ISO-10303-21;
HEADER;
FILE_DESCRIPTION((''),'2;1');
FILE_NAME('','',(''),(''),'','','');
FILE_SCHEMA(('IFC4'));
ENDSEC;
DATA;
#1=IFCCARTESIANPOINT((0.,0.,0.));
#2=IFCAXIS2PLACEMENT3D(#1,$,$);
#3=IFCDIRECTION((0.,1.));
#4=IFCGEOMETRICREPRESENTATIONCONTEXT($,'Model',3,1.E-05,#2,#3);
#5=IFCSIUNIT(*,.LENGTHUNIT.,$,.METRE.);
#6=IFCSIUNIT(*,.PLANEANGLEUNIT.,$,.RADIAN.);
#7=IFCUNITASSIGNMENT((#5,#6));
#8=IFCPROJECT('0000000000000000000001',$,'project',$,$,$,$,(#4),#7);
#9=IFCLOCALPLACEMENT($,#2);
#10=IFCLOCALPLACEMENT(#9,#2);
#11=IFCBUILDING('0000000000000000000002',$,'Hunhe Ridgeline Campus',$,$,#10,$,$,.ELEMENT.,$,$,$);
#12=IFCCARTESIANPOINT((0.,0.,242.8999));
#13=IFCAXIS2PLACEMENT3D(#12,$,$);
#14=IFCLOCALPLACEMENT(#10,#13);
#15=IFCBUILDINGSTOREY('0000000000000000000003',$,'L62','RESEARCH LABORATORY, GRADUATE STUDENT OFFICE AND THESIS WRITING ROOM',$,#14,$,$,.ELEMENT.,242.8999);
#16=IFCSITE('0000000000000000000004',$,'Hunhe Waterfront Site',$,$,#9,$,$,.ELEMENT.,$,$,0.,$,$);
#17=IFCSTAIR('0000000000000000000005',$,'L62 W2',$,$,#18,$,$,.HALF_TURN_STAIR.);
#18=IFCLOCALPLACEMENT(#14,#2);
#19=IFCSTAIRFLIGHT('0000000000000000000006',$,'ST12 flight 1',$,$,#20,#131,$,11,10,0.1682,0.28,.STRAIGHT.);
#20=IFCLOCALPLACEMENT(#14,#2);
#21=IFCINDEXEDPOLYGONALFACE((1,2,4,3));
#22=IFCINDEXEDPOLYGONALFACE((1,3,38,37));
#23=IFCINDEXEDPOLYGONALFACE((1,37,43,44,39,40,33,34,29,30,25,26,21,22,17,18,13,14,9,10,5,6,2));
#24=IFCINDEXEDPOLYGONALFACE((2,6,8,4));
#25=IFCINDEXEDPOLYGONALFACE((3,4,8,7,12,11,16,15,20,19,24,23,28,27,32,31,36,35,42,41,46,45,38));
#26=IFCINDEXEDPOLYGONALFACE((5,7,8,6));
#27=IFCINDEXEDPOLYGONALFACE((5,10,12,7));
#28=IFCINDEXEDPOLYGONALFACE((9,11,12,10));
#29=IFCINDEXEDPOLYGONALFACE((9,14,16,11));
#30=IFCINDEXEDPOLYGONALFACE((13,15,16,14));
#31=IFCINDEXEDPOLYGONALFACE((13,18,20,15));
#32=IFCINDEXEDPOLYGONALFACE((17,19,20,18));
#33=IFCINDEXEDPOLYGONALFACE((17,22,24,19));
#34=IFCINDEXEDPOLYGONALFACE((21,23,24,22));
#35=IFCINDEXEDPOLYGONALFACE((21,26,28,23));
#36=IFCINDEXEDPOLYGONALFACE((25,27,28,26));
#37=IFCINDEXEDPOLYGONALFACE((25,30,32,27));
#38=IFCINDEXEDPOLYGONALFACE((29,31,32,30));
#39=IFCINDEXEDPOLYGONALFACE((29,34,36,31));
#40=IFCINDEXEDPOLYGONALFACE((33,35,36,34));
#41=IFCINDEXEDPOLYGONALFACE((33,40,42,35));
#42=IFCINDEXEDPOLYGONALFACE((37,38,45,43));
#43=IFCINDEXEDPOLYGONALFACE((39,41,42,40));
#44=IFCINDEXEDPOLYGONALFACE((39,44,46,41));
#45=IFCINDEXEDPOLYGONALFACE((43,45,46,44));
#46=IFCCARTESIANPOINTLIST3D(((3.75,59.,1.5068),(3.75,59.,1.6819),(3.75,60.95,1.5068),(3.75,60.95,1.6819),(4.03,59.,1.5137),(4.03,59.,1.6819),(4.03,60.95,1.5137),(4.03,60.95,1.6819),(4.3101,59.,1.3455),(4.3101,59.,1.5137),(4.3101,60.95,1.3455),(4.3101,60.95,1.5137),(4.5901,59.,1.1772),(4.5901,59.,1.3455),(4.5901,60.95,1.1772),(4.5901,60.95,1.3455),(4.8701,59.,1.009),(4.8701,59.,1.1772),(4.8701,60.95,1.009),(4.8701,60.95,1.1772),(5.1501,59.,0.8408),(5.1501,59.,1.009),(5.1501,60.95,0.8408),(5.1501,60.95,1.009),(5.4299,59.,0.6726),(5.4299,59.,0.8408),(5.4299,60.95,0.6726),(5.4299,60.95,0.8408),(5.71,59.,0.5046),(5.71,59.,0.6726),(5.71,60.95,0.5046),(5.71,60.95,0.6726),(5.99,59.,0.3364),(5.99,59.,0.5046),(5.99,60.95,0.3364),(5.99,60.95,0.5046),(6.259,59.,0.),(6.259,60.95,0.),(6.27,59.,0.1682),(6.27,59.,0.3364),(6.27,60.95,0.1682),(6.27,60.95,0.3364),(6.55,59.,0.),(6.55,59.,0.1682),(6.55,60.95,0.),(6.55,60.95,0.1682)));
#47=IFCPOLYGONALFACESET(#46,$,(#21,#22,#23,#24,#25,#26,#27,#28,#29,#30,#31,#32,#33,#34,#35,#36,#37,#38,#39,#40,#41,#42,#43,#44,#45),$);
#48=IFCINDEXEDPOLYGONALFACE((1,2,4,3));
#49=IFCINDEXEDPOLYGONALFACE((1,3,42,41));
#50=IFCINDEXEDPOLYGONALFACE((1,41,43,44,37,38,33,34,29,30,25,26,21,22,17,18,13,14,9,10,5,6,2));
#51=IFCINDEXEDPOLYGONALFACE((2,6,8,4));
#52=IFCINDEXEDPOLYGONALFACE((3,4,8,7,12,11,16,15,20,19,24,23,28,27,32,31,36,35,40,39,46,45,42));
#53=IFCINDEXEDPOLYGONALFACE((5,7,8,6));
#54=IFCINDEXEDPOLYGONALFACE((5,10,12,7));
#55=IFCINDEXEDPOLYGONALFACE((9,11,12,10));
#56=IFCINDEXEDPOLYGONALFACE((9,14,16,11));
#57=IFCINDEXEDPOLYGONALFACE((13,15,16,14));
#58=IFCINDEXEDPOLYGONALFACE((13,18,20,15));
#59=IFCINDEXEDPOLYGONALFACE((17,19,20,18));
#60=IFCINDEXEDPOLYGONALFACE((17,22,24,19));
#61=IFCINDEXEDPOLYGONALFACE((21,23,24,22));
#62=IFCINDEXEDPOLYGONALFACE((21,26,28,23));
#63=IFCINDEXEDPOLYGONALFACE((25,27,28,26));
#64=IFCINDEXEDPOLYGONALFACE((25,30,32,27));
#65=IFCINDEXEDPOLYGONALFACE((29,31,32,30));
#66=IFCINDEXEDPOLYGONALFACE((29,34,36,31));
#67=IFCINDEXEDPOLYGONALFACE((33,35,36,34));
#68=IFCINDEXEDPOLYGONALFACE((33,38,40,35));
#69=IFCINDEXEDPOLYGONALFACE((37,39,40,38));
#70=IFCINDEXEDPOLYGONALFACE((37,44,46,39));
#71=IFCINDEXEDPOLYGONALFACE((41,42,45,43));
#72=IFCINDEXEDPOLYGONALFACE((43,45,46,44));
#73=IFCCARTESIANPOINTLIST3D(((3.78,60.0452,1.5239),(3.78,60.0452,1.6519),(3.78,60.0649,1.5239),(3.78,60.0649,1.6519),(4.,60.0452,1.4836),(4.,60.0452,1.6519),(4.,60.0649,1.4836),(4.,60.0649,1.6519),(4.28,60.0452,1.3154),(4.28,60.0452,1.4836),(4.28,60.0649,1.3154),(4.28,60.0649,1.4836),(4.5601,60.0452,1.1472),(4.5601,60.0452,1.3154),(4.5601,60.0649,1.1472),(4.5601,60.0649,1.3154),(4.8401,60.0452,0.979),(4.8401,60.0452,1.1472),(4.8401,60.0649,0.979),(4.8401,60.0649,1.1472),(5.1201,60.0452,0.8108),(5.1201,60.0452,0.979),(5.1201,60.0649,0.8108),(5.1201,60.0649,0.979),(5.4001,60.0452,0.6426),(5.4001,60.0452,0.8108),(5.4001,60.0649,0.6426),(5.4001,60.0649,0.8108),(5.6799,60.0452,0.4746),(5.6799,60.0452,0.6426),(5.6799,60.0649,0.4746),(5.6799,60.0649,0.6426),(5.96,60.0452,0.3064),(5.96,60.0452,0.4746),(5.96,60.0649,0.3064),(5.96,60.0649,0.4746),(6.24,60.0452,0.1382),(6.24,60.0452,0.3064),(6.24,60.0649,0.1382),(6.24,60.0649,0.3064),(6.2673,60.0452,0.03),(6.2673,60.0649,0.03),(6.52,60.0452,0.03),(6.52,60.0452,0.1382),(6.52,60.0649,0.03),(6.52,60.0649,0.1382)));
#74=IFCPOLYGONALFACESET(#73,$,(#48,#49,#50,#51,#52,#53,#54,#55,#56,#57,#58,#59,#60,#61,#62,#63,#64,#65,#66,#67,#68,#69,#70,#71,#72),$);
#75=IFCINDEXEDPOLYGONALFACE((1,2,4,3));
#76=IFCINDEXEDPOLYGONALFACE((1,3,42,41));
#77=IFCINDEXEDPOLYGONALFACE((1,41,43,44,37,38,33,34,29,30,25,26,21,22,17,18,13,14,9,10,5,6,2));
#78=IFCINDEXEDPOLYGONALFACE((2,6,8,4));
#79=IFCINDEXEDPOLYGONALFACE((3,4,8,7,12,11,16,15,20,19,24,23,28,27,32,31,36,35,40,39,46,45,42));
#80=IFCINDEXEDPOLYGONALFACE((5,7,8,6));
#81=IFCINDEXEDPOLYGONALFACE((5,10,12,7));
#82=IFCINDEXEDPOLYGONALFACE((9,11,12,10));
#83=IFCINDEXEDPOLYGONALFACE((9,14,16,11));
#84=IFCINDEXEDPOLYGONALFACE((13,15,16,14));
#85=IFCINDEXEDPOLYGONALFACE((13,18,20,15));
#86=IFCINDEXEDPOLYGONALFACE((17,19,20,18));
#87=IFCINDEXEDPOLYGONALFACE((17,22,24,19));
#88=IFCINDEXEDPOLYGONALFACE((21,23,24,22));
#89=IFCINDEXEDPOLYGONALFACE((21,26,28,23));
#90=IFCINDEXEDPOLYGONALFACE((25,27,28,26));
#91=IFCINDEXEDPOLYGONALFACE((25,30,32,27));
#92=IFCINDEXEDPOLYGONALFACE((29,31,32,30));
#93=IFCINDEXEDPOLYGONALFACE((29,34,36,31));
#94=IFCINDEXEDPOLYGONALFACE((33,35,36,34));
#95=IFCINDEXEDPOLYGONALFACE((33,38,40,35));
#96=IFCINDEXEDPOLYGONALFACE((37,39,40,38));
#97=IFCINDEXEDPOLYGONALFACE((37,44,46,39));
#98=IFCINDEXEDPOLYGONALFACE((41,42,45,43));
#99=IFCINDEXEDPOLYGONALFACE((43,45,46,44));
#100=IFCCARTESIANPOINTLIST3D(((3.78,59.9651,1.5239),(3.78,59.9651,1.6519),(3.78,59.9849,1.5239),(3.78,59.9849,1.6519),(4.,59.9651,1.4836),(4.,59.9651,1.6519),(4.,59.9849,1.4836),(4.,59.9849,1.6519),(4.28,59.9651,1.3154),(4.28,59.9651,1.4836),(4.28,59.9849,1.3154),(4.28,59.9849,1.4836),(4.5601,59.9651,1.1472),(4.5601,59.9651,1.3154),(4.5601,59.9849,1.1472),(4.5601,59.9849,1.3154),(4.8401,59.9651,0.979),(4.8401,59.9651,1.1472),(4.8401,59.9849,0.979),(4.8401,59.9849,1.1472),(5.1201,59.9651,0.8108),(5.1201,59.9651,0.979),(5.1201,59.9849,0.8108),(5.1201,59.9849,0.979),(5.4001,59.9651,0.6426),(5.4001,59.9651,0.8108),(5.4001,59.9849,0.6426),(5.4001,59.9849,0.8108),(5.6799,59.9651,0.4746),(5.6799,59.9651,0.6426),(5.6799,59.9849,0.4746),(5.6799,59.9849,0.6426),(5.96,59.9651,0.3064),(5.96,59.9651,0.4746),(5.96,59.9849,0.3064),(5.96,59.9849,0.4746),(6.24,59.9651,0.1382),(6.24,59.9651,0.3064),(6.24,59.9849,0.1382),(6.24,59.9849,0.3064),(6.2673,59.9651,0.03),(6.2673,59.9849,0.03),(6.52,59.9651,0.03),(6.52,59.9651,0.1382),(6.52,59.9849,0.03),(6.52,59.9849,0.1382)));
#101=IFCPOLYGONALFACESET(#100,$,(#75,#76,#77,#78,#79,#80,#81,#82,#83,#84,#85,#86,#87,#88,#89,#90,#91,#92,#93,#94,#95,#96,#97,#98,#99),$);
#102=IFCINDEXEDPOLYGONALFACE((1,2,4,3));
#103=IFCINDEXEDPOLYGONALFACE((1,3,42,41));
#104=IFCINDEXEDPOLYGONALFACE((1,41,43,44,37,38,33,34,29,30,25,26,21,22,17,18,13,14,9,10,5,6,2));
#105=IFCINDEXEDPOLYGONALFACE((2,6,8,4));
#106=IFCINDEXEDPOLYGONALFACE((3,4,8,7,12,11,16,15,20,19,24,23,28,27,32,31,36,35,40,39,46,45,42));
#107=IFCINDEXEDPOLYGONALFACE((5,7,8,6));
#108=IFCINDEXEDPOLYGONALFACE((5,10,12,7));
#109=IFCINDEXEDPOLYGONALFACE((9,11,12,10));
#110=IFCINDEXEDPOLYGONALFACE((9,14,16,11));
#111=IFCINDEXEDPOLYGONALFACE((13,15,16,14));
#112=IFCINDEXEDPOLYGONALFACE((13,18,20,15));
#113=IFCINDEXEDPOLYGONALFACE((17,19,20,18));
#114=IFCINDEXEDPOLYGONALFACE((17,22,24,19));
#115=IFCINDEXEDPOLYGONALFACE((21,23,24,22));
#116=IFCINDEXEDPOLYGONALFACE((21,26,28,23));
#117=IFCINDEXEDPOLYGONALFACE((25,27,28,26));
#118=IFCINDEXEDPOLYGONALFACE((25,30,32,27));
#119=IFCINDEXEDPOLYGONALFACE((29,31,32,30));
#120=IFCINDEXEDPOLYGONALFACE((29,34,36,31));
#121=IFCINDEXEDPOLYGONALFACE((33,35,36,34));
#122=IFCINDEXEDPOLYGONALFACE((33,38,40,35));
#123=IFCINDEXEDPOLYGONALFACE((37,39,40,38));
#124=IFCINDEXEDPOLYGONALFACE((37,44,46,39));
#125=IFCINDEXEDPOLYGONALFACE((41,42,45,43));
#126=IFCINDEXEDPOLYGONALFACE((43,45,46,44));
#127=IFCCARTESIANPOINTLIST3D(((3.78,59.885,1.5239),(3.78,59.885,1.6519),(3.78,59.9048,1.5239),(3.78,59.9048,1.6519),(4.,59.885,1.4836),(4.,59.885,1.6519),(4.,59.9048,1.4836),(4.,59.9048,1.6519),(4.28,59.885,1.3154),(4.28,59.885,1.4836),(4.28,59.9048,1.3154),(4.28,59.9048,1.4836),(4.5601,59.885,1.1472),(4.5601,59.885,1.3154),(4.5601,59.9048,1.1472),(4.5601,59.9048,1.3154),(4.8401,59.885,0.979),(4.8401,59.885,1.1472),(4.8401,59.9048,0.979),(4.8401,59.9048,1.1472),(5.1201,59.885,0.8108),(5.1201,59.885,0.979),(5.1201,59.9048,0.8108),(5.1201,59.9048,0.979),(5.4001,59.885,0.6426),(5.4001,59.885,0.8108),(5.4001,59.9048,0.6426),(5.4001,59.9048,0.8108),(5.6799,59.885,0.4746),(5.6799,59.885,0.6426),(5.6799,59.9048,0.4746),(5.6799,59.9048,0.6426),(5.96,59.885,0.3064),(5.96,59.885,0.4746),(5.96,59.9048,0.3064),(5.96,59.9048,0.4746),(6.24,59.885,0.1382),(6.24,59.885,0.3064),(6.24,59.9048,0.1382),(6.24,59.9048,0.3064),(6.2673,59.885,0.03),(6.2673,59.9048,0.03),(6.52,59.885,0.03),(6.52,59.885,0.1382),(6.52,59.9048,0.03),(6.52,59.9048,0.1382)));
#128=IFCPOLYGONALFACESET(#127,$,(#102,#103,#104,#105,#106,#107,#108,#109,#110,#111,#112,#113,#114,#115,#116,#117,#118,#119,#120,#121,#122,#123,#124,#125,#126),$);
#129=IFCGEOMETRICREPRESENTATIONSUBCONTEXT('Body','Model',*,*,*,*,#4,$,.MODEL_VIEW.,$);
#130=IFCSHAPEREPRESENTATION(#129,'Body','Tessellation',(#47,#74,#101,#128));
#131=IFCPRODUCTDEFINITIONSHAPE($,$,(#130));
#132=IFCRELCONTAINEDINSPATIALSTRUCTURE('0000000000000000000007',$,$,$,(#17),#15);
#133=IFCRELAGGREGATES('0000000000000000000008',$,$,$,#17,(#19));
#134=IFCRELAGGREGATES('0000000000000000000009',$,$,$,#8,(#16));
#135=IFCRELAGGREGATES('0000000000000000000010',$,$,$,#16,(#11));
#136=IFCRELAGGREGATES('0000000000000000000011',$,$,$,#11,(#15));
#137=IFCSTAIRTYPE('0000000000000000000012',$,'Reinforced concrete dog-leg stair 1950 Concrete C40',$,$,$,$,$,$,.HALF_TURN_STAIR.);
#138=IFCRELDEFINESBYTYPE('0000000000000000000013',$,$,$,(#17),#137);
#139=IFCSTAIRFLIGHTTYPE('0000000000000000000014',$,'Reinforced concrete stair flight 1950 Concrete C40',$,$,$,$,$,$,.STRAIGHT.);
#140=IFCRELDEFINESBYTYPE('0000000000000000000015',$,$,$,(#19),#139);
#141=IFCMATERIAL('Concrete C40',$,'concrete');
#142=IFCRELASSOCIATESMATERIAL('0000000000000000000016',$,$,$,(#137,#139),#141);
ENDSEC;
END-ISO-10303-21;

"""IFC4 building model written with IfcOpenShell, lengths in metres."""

from ifc_helpers import new_model, si_unit, direction, frame, origin, place, context, subcontext, project, spatial, polyline, outline, extrude, material, type_object, element, aggregate, save


model = new_model("IFC4")

# Units and contexts
model_context = context("Model", 3, precision=1e-05, world=origin(), true_north=direction((0.0, 1.0)))
body_context = subcontext(model_context, "Body", "Model", "MODEL_VIEW")
ifc_project = project(units=[si_unit("LENGTHUNIT", "METRE"), si_unit("PLANEANGLEUNIT", "RADIAN")], contexts=[model_context])

# Site, building, storey
site_placement = place(None, origin())
site = spatial("IfcSite", under=ifc_project, at=site_placement, Name="Hunhe Waterfront Site", CompositionType="ELEMENT", RefElevation=0.0)
building_placement = place(site_placement, origin())
building = spatial("IfcBuilding", under=site, at=building_placement, Name="Hunhe Ridgeline Campus", CompositionType="ELEMENT")
storey_placement = place(building_placement, frame((0.0, 0.0, 242.8999)))
storey = spatial("IfcBuildingStorey", under=building, at=storey_placement, Name="L62", Description="RESEARCH LABORATORY, GRADUATE STUDENT OFFICE AND THESIS WRITING ROOM", CompositionType="ELEMENT", Elevation=242.8999)

# Stair, stair flight
ifc_material_1 = material(Name="Concrete C40", Category="concrete")
stair_type = type_object("IfcStairType", Name="Reinforced concrete dog-leg stair 1950 Concrete C40", PredefinedType="HALF_TURN_STAIR", material=ifc_material_1)
stair_flight_type = type_object("IfcStairFlightType", Name="Reinforced concrete stair flight 1950 Concrete C40", PredefinedType="STRAIGHT", material=ifc_material_1)
stair_1_placement = place(storey_placement, origin())
stair_1 = element("IfcStair", 1, at=stair_1_placement, inside=storey, type_object=stair_type, Name="L62 W2", PredefinedType="HALF_TURN_STAIR")
stair_flight_1_placement = place(storey_placement, frame((6.55, 59.9751, 0.0), z_axis=(0.0, 0.0, 1.0), x_axis=(-1.0, 0.0, 0.0)))
stair_flight_1 = element("IfcStairFlight", 2, at=stair_flight_1_placement, type_object=stair_flight_type, Name="ST12 flight 1", NumberOfRisers=11, NumberOfTreads=10, PredefinedType="STRAIGHT", RiserHeight=0.1682, TreadLength=0.28, context=body_context, shape_type="SweptSolid", body=[
    extrude(outline(polyline([(0.0, 0.0), (0.0, 0.1682), (0.28, 0.1682), (0.28, 0.3364), (0.5601, 0.3364), (0.5601, 0.5046), (0.8401, 0.5046), (0.8401, 0.6726), (1.1201, 0.6726), (1.1201, 0.8408), (1.3999, 0.8408), (1.3999, 1.009), (1.6799, 1.009), (1.6799, 1.1772), (1.96, 1.1772), (1.96, 1.3455), (2.24, 1.3455), (2.24, 1.5137), (2.52, 1.5137), (2.52, 1.6819), (2.8, 1.6819), (2.8, 1.8501), (2.8, 1.5068), (0.291, 0.0), (0.0, 0.0)])), frame((0.0, 0.9751, 0.0), z_axis=(0.0, -1.0, 0.0), x_axis=(1.0, 0.0, 0.0)), (0.0, 0.0, 1.0), 1.95),
    extrude(outline(polyline([(0.03, 0.03), (0.03, 0.1382), (0.3101, 0.1382), (0.3101, 0.3064), (0.5901, 0.3064), (0.5901, 0.4746), (0.8701, 0.4746), (0.8701, 0.6426), (1.1499, 0.6426), (1.1499, 0.8108), (1.4299, 0.8108), (1.4299, 0.979), (1.71, 0.979), (1.71, 1.1472), (1.99, 1.1472), (1.99, 1.3154), (2.27, 1.3154), (2.27, 1.4836), (2.55, 1.4836), (2.55, 1.6519), (2.77, 1.6519), (2.77, 1.5239), (0.2827, 0.03), (0.03, 0.03)])), frame((0.0, -0.0701, 0.0), z_axis=(0.0, -1.0, 0.0), x_axis=(1.0, 0.0, 0.0)), (0.0, 0.0, 1.0), 0.0198),
    extrude(outline(polyline([(0.03, 0.03), (0.03, 0.1382), (0.3101, 0.1382), (0.3101, 0.3064), (0.5901, 0.3064), (0.5901, 0.4746), (0.8701, 0.4746), (0.8701, 0.6426), (1.1499, 0.6426), (1.1499, 0.8108), (1.4299, 0.8108), (1.4299, 0.979), (1.71, 0.979), (1.71, 1.1472), (1.99, 1.1472), (1.99, 1.3154), (2.27, 1.3154), (2.27, 1.4836), (2.55, 1.4836), (2.55, 1.6519), (2.77, 1.6519), (2.77, 1.5239), (0.2827, 0.03), (0.03, 0.03)])), frame((0.0, 0.01, 0.0), z_axis=(0.0, -1.0, 0.0), x_axis=(1.0, 0.0, 0.0)), (0.0, 0.0, 1.0), 0.0198),
    extrude(outline(polyline([(0.03, 0.03), (0.03, 0.1382), (0.3101, 0.1382), (0.3101, 0.3064), (0.5901, 0.3064), (0.5901, 0.4746), (0.8701, 0.4746), (0.8701, 0.6426), (1.1499, 0.6426), (1.1499, 0.8108), (1.4299, 0.8108), (1.4299, 0.979), (1.71, 0.979), (1.71, 1.1472), (1.99, 1.1472), (1.99, 1.3154), (2.27, 1.3154), (2.27, 1.4836), (2.55, 1.4836), (2.55, 1.6519), (2.77, 1.6519), (2.77, 1.5239), (0.2827, 0.03), (0.03, 0.03)])), frame((0.0, 0.0901, 0.0), z_axis=(0.0, -1.0, 0.0), x_axis=(1.0, 0.0, 0.0)), (0.0, 0.0, 1.0), 0.0198),
])
aggregate(stair_1, [stair_flight_1])

save(model, "model.ifc")
